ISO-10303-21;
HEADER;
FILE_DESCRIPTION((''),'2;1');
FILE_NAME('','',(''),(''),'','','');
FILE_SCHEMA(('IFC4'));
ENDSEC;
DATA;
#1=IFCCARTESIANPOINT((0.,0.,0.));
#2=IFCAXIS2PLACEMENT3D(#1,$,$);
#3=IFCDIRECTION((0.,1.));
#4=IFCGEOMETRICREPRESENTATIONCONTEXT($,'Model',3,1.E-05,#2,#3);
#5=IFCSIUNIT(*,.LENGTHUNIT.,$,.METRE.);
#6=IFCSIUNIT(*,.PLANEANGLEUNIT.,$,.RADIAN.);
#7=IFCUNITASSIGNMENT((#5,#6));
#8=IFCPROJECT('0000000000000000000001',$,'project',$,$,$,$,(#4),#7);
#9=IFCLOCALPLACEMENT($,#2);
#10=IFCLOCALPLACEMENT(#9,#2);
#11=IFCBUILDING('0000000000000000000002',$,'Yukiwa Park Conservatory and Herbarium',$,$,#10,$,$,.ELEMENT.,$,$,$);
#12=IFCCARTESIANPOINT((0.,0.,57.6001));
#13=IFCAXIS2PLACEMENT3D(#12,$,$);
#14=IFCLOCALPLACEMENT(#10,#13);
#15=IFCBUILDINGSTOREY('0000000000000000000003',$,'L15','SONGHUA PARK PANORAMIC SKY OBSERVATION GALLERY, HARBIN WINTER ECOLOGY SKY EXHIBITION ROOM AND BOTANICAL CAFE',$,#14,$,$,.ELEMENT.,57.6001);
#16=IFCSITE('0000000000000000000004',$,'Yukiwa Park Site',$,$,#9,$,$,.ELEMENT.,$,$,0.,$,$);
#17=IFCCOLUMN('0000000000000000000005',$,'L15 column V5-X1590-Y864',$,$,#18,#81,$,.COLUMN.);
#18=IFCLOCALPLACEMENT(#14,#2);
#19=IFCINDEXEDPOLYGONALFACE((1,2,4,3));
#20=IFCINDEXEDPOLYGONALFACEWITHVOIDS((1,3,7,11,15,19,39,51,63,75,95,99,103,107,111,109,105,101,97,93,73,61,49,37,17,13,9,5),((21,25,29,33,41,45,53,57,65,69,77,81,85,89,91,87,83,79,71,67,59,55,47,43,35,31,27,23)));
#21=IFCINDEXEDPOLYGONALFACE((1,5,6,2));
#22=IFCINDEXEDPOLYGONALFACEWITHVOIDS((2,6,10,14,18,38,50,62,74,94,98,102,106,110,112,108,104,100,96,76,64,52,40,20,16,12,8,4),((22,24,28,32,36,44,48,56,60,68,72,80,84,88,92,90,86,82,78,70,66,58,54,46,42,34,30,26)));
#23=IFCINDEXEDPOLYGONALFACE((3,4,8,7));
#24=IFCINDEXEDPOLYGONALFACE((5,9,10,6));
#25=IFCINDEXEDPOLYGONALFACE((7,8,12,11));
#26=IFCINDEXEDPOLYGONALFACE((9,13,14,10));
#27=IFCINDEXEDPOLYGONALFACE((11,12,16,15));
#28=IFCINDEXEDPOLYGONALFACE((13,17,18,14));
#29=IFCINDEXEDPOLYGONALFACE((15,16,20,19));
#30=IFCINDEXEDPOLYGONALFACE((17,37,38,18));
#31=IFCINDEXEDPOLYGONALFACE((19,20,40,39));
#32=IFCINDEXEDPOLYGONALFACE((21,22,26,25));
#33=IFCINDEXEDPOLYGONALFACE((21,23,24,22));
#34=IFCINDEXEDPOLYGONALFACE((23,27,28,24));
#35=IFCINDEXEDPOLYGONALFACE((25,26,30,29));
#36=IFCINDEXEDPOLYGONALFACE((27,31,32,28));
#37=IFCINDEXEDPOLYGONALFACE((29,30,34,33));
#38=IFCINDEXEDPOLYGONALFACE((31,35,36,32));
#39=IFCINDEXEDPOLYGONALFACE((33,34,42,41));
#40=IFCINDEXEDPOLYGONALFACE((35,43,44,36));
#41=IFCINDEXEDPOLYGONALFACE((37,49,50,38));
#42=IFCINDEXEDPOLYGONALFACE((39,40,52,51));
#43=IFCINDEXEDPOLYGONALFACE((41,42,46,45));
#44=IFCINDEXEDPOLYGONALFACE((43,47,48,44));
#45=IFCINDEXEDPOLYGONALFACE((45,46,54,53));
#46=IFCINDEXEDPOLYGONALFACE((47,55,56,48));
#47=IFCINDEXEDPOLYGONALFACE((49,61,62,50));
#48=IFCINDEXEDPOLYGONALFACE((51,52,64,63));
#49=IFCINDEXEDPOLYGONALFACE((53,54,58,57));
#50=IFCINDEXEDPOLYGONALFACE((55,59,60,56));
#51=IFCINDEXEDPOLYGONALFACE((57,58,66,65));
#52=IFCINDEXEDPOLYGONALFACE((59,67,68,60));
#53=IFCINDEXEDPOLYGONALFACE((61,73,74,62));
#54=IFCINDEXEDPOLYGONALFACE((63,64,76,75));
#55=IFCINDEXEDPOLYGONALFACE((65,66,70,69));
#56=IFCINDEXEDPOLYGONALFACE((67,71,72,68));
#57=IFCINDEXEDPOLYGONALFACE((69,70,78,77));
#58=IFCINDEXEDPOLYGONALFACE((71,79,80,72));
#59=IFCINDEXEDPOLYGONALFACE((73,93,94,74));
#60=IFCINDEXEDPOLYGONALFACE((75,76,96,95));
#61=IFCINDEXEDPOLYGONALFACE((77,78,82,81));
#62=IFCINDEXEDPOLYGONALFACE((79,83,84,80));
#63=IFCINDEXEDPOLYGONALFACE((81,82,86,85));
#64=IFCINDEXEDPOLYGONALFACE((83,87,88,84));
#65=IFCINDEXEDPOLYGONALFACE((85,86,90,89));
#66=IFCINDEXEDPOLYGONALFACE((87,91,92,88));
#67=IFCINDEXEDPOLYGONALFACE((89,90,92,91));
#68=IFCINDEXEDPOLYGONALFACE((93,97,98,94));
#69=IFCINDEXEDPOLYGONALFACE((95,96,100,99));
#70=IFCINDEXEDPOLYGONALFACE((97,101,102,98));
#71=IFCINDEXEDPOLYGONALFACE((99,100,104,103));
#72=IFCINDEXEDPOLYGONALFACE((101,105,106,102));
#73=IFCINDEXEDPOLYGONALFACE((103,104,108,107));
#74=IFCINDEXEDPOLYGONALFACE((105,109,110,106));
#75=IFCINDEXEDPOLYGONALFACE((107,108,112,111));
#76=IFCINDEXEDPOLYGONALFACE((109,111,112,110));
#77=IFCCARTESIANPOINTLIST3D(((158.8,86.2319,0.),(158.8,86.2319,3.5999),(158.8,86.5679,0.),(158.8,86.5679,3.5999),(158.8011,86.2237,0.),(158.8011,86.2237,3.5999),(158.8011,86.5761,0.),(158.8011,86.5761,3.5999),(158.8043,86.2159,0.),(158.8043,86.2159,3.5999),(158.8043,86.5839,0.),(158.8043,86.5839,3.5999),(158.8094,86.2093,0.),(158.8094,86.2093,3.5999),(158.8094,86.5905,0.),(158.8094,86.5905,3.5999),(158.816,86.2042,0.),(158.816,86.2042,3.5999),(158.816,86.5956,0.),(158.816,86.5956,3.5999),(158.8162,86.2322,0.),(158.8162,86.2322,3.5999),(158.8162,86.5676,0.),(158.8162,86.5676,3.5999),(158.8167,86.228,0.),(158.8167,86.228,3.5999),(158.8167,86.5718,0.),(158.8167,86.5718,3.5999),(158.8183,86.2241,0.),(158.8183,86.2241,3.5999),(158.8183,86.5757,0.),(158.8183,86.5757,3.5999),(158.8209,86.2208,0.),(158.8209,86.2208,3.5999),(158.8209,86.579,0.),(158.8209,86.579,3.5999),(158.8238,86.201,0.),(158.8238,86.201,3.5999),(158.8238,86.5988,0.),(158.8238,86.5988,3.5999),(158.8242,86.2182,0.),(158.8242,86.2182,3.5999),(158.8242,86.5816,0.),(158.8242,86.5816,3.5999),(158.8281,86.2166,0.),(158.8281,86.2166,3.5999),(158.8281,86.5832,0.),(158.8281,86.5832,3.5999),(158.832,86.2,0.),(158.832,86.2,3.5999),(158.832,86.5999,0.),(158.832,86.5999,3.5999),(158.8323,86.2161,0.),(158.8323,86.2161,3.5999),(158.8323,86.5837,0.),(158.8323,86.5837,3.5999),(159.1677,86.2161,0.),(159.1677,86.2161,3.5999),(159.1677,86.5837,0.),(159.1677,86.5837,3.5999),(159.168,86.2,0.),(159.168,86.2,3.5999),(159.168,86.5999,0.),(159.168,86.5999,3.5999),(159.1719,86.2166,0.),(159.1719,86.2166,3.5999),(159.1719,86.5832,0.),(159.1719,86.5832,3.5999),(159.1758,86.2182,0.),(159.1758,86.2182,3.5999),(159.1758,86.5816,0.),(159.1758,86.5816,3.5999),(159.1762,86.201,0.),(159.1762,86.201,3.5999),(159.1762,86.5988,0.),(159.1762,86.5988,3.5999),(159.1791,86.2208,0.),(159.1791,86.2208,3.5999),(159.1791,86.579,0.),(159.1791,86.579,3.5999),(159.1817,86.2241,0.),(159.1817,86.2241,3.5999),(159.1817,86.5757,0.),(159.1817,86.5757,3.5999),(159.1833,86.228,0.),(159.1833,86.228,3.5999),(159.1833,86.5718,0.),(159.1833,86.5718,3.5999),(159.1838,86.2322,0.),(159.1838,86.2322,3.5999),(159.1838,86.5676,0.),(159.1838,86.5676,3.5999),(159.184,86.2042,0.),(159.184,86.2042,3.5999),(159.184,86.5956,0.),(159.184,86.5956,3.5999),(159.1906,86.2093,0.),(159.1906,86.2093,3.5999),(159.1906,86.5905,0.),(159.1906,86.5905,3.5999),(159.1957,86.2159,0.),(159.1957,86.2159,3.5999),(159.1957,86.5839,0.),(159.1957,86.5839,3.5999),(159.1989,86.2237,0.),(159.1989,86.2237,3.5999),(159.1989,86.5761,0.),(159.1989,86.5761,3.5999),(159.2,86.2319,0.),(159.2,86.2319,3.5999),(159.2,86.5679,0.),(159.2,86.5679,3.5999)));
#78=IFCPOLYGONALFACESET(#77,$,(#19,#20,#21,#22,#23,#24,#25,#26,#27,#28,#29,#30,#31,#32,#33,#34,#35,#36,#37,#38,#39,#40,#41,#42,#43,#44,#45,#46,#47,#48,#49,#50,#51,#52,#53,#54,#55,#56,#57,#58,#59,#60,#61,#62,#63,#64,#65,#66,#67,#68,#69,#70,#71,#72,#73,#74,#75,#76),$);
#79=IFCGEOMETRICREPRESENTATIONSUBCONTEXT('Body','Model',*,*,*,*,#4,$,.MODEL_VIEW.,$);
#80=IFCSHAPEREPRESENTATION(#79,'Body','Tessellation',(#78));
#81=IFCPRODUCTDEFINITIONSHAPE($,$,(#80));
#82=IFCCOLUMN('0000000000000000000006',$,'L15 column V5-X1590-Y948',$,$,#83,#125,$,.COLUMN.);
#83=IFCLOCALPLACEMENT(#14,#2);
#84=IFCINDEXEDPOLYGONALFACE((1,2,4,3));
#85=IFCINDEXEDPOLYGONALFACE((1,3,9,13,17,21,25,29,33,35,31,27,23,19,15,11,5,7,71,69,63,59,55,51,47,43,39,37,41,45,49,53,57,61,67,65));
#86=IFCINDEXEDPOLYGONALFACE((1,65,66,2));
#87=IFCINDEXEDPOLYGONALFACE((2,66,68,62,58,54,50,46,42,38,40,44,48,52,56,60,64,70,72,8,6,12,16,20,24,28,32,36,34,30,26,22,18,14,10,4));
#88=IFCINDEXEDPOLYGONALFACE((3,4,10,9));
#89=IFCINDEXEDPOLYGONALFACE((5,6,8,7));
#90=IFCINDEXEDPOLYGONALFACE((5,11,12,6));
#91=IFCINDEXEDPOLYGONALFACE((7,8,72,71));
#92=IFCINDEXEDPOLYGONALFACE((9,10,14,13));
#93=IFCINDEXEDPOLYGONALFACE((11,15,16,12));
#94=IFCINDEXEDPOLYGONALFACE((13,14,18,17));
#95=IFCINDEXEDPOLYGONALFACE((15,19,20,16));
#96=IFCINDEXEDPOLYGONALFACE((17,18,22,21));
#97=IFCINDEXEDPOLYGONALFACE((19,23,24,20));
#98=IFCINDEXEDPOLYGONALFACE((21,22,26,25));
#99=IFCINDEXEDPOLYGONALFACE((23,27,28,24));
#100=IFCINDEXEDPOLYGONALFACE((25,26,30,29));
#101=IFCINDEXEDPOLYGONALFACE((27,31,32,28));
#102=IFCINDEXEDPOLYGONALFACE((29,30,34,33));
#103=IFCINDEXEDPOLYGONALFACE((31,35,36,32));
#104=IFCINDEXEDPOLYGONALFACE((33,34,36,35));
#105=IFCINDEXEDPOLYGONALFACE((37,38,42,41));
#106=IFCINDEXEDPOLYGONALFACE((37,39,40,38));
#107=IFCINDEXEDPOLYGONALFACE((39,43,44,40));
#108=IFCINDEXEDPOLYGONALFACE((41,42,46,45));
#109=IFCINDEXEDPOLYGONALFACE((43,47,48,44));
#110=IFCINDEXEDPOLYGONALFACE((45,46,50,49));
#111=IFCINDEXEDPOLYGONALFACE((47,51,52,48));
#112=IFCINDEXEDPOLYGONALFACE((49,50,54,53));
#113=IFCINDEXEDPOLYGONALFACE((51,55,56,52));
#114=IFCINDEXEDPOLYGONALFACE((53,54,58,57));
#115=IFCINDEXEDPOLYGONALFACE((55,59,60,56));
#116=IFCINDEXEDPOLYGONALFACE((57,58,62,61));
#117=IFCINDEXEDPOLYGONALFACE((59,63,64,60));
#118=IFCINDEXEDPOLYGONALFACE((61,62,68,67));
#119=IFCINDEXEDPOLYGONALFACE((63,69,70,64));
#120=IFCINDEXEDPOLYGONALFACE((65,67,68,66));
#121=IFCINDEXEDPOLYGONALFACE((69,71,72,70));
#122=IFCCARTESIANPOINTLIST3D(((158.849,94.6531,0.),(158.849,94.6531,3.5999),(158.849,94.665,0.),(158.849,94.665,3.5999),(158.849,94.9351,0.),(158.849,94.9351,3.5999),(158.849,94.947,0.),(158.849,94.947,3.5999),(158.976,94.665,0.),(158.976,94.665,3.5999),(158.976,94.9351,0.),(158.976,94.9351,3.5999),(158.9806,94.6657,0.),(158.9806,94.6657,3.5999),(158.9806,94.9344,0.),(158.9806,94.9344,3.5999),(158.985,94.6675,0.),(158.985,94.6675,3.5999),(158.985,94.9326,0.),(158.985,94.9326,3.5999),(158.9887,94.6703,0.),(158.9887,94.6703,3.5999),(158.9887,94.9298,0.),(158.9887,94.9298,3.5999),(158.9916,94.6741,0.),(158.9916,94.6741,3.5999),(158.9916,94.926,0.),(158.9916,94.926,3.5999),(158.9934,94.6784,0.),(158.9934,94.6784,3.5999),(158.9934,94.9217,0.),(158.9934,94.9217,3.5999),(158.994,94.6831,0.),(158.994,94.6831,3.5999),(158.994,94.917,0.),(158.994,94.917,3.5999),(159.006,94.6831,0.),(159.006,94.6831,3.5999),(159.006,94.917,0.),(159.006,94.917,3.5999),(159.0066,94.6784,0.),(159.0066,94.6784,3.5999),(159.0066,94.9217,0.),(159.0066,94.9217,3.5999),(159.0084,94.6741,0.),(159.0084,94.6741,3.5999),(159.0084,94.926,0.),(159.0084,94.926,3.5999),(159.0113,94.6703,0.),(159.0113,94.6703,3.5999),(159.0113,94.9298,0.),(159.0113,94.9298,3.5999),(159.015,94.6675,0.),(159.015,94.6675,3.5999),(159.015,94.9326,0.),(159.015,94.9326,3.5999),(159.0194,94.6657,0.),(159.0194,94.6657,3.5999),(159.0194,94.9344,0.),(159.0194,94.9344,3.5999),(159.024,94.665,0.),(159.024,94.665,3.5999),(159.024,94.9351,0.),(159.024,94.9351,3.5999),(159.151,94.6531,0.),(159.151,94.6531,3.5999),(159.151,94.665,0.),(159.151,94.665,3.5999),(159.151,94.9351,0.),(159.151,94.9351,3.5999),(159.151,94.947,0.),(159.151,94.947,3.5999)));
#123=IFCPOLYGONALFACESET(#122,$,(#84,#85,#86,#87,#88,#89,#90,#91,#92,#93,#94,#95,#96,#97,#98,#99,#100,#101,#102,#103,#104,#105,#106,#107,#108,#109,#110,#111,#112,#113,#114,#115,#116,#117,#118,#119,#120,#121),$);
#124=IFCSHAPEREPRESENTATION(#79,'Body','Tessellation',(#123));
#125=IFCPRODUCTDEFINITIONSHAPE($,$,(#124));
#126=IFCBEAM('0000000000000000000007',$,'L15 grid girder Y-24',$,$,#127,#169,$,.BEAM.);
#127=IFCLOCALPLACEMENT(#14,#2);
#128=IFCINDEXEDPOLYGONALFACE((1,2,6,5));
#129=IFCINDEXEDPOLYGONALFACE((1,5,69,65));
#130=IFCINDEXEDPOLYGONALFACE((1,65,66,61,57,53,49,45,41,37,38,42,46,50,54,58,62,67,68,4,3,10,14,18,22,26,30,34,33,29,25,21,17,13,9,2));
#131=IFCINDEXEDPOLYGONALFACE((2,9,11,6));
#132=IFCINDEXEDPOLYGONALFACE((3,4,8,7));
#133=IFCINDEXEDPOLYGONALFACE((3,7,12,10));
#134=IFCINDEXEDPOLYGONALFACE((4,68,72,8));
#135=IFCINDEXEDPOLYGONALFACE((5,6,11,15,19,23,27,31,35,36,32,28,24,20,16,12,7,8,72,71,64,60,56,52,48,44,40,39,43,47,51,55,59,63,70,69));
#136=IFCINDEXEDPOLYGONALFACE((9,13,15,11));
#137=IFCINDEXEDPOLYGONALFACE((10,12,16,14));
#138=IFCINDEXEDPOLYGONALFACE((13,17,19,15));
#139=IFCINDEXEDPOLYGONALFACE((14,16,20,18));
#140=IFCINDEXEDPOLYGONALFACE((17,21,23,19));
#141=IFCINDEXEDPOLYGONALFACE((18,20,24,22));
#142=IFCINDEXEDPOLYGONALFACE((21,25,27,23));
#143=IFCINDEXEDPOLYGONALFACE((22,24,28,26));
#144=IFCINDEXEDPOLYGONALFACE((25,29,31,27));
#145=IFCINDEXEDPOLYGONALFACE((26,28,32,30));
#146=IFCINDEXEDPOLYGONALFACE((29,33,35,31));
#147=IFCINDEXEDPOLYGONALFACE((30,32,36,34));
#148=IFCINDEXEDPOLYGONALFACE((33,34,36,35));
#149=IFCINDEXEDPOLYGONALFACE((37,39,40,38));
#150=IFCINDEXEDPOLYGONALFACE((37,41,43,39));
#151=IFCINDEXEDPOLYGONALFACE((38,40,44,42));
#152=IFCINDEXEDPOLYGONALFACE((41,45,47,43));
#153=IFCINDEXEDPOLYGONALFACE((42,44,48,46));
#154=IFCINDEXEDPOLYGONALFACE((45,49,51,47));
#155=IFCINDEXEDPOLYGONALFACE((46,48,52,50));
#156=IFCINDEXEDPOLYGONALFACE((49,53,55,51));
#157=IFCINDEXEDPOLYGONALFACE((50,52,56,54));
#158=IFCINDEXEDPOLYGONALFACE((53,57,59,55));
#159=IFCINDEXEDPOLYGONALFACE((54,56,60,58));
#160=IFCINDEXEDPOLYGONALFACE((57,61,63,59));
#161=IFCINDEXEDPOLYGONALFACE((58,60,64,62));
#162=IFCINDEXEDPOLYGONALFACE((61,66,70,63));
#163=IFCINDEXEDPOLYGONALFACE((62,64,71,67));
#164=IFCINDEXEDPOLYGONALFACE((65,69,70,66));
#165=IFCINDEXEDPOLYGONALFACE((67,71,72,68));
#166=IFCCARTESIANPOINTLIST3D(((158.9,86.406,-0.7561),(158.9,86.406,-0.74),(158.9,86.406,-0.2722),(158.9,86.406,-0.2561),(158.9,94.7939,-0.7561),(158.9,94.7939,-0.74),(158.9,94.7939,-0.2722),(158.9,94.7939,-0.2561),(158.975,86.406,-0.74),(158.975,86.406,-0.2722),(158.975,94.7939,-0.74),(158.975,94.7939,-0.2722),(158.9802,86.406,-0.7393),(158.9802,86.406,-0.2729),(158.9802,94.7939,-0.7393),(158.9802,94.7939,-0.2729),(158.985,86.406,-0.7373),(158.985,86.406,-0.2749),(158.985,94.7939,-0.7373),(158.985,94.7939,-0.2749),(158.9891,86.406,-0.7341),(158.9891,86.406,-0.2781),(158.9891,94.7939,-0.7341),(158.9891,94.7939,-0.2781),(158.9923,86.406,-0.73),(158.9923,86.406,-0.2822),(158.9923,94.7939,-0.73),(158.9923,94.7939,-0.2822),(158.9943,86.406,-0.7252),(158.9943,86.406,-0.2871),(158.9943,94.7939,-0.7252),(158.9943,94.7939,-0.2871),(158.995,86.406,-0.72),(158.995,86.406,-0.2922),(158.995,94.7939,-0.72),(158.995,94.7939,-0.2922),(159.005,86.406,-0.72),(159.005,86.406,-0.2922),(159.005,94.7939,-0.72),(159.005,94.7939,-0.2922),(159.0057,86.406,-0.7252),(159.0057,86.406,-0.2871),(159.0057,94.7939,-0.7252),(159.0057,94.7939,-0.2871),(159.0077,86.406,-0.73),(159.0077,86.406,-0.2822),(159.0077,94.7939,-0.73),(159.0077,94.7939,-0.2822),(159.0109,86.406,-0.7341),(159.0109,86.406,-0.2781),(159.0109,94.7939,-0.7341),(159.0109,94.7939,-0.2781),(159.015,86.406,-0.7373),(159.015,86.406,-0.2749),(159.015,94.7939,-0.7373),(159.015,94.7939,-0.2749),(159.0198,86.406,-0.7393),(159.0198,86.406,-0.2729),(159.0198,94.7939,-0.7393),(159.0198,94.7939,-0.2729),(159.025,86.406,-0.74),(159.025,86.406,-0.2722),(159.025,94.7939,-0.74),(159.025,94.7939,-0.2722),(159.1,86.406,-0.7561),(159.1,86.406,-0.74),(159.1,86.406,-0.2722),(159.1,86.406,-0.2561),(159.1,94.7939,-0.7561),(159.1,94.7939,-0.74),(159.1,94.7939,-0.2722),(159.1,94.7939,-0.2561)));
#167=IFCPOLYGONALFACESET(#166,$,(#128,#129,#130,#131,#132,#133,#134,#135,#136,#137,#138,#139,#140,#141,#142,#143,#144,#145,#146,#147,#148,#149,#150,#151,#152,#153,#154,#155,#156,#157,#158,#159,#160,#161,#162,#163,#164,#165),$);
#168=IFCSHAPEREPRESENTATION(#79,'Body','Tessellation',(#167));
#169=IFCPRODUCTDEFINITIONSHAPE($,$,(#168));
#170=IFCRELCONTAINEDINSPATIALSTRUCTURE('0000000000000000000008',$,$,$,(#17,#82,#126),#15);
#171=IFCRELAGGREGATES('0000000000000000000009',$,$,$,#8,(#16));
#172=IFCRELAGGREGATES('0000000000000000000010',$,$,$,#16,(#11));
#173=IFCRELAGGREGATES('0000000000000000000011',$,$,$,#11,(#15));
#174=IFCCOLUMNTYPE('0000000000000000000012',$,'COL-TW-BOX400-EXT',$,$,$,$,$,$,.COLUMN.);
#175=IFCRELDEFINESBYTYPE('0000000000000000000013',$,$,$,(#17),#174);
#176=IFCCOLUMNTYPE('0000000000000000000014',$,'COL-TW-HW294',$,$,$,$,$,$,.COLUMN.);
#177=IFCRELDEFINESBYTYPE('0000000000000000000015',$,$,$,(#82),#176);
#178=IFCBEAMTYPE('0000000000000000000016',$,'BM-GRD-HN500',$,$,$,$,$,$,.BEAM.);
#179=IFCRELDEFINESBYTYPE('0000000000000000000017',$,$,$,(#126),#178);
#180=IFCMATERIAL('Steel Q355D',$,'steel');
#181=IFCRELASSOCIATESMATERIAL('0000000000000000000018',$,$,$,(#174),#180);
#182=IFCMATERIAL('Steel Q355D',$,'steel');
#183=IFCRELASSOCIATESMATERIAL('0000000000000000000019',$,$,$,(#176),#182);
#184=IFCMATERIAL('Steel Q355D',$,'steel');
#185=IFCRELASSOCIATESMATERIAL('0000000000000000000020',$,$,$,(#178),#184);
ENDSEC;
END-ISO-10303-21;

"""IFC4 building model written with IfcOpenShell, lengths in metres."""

from ifc_helpers import new_model, si_unit, direction, frame, origin, origin_2d, place, context, subcontext, project, spatial, hollow_rectangle, i_section, extrude, material, material_profile, profile_set, type_object, element, save


model = new_model("IFC4")

# Units and contexts
model_context = context("Model", 3, precision=1e-05, world=origin(), true_north=direction((0.0, 1.0)))
body_context = subcontext(model_context, "Body", "Model", "MODEL_VIEW")
ifc_project = project(units=[si_unit("LENGTHUNIT", "METRE"), si_unit("PLANEANGLEUNIT", "RADIAN")], contexts=[model_context])

# Site, building, storey
site_placement = place(None, origin())
site = spatial("IfcSite", under=ifc_project, at=site_placement, Name="Yukiwa Park Site", CompositionType="ELEMENT", RefElevation=0.0)
building_placement = place(site_placement, origin())
building = spatial("IfcBuilding", under=site, at=building_placement, Name="Yukiwa Park Conservatory and Herbarium", CompositionType="ELEMENT")
storey_placement = place(building_placement, frame((0.0, 0.0, 57.6001)))
storey = spatial("IfcBuildingStorey", under=building, at=storey_placement, Name="L15", Description="SONGHUA PARK PANORAMIC SKY OBSERVATION GALLERY, HARBIN WINTER ECOLOGY SKY EXHIBITION ROOM AND BOTANICAL CAFE", CompositionType="ELEMENT", Elevation=57.6001)

# Columns
ifc_material_1 = material(Name="Steel Q355D", Category="steel")
ifc_material_profile_1 = material_profile(ifc_material_1, hollow_rectangle(XDim=0.3999, YDim=0.3999, WallThickness=0.0161, InnerFilletRadius=0.0161, OuterFilletRadius=0.032, at=origin_2d()), Name="BOX 400x400x16")
ifc_profile_set_1 = profile_set([ifc_material_profile_1], Name="Steel Q355D")
column_type_1 = type_object("IfcColumnType", Name="COL-TW-BOX400-EXT", PredefinedType="COLUMN", material=ifc_profile_set_1)
column_1_placement = place(storey_placement, frame((159.0, 86.3999, 0.0), z_axis=(0.0, 0.0, 1.0), x_axis=(1.0, 0.0, 0.0)))
element("IfcColumn", 1, at=column_1_placement, inside=storey, type_object=column_type_1, Name="L15 column V5-X1590-Y864", PredefinedType="COLUMN", context=body_context, shape_type="SweptSolid", body=[
    extrude(hollow_rectangle(XDim=0.3999, YDim=0.3999, WallThickness=0.0161, InnerFilletRadius=0.0161, OuterFilletRadius=0.032, at=origin_2d()), origin(), (0.0, 0.0, 1.0), 3.5999),
])
ifc_material_2 = material(Name="Steel Q355D", Category="steel")
ifc_material_profile_2 = material_profile(ifc_material_2, i_section(OverallWidth=0.302, OverallDepth=0.2939, WebThickness=0.012, FlangeThickness=0.012, FilletRadius=0.0181, at=origin_2d()), Name="HW 294x302x12x12")
ifc_profile_set_2 = profile_set([ifc_material_profile_2], Name="Steel Q355D")
column_type_2 = type_object("IfcColumnType", Name="COL-TW-HW294", PredefinedType="COLUMN", material=ifc_profile_set_2)
column_2_placement = place(storey_placement, frame((159.0, 94.8, 0.0), z_axis=(0.0, 0.0, 1.0), x_axis=(1.0, 0.0, 0.0)))
element("IfcColumn", 2, at=column_2_placement, inside=storey, type_object=column_type_2, Name="L15 column V5-X1590-Y948", PredefinedType="COLUMN", context=body_context, shape_type="SweptSolid", body=[
    extrude(i_section(OverallWidth=0.302, OverallDepth=0.2939, WebThickness=0.012, FlangeThickness=0.012, FilletRadius=0.0181, at=origin_2d()), origin(), (0.0, 0.0, 1.0), 3.5999),
])

# Beam
ifc_material_3 = material(Name="Steel Q355D", Category="steel")
ifc_material_profile_3 = material_profile(ifc_material_3, i_section(OverallWidth=0.2, OverallDepth=0.5, WebThickness=0.01, FlangeThickness=0.0161, FilletRadius=0.02, at=origin_2d()), Name="HN 500x200x10x16")
ifc_profile_set_3 = profile_set([ifc_material_profile_3], Name="Steel Q355D")
beam_type_1 = type_object("IfcBeamType", Name="BM-GRD-HN500", PredefinedType="BEAM", material=ifc_profile_set_3)
beam_1_placement = place(storey_placement, frame((159.0, 86.406, -0.5061), z_axis=(0.0, 1.0, 0.0), x_axis=(-1.0, 0.0, 0.0)))
element("IfcBeam", 3, at=beam_1_placement, inside=storey, type_object=beam_type_1, Name="L15 grid girder Y-24", PredefinedType="BEAM", context=body_context, shape_type="SweptSolid", body=[
    extrude(i_section(OverallWidth=0.2, OverallDepth=0.5, WebThickness=0.01, FlangeThickness=0.0161, FilletRadius=0.02, at=origin_2d()), origin(), (0.0, 0.0, 1.0), 8.3879),
])

save(model, "model.ifc")
